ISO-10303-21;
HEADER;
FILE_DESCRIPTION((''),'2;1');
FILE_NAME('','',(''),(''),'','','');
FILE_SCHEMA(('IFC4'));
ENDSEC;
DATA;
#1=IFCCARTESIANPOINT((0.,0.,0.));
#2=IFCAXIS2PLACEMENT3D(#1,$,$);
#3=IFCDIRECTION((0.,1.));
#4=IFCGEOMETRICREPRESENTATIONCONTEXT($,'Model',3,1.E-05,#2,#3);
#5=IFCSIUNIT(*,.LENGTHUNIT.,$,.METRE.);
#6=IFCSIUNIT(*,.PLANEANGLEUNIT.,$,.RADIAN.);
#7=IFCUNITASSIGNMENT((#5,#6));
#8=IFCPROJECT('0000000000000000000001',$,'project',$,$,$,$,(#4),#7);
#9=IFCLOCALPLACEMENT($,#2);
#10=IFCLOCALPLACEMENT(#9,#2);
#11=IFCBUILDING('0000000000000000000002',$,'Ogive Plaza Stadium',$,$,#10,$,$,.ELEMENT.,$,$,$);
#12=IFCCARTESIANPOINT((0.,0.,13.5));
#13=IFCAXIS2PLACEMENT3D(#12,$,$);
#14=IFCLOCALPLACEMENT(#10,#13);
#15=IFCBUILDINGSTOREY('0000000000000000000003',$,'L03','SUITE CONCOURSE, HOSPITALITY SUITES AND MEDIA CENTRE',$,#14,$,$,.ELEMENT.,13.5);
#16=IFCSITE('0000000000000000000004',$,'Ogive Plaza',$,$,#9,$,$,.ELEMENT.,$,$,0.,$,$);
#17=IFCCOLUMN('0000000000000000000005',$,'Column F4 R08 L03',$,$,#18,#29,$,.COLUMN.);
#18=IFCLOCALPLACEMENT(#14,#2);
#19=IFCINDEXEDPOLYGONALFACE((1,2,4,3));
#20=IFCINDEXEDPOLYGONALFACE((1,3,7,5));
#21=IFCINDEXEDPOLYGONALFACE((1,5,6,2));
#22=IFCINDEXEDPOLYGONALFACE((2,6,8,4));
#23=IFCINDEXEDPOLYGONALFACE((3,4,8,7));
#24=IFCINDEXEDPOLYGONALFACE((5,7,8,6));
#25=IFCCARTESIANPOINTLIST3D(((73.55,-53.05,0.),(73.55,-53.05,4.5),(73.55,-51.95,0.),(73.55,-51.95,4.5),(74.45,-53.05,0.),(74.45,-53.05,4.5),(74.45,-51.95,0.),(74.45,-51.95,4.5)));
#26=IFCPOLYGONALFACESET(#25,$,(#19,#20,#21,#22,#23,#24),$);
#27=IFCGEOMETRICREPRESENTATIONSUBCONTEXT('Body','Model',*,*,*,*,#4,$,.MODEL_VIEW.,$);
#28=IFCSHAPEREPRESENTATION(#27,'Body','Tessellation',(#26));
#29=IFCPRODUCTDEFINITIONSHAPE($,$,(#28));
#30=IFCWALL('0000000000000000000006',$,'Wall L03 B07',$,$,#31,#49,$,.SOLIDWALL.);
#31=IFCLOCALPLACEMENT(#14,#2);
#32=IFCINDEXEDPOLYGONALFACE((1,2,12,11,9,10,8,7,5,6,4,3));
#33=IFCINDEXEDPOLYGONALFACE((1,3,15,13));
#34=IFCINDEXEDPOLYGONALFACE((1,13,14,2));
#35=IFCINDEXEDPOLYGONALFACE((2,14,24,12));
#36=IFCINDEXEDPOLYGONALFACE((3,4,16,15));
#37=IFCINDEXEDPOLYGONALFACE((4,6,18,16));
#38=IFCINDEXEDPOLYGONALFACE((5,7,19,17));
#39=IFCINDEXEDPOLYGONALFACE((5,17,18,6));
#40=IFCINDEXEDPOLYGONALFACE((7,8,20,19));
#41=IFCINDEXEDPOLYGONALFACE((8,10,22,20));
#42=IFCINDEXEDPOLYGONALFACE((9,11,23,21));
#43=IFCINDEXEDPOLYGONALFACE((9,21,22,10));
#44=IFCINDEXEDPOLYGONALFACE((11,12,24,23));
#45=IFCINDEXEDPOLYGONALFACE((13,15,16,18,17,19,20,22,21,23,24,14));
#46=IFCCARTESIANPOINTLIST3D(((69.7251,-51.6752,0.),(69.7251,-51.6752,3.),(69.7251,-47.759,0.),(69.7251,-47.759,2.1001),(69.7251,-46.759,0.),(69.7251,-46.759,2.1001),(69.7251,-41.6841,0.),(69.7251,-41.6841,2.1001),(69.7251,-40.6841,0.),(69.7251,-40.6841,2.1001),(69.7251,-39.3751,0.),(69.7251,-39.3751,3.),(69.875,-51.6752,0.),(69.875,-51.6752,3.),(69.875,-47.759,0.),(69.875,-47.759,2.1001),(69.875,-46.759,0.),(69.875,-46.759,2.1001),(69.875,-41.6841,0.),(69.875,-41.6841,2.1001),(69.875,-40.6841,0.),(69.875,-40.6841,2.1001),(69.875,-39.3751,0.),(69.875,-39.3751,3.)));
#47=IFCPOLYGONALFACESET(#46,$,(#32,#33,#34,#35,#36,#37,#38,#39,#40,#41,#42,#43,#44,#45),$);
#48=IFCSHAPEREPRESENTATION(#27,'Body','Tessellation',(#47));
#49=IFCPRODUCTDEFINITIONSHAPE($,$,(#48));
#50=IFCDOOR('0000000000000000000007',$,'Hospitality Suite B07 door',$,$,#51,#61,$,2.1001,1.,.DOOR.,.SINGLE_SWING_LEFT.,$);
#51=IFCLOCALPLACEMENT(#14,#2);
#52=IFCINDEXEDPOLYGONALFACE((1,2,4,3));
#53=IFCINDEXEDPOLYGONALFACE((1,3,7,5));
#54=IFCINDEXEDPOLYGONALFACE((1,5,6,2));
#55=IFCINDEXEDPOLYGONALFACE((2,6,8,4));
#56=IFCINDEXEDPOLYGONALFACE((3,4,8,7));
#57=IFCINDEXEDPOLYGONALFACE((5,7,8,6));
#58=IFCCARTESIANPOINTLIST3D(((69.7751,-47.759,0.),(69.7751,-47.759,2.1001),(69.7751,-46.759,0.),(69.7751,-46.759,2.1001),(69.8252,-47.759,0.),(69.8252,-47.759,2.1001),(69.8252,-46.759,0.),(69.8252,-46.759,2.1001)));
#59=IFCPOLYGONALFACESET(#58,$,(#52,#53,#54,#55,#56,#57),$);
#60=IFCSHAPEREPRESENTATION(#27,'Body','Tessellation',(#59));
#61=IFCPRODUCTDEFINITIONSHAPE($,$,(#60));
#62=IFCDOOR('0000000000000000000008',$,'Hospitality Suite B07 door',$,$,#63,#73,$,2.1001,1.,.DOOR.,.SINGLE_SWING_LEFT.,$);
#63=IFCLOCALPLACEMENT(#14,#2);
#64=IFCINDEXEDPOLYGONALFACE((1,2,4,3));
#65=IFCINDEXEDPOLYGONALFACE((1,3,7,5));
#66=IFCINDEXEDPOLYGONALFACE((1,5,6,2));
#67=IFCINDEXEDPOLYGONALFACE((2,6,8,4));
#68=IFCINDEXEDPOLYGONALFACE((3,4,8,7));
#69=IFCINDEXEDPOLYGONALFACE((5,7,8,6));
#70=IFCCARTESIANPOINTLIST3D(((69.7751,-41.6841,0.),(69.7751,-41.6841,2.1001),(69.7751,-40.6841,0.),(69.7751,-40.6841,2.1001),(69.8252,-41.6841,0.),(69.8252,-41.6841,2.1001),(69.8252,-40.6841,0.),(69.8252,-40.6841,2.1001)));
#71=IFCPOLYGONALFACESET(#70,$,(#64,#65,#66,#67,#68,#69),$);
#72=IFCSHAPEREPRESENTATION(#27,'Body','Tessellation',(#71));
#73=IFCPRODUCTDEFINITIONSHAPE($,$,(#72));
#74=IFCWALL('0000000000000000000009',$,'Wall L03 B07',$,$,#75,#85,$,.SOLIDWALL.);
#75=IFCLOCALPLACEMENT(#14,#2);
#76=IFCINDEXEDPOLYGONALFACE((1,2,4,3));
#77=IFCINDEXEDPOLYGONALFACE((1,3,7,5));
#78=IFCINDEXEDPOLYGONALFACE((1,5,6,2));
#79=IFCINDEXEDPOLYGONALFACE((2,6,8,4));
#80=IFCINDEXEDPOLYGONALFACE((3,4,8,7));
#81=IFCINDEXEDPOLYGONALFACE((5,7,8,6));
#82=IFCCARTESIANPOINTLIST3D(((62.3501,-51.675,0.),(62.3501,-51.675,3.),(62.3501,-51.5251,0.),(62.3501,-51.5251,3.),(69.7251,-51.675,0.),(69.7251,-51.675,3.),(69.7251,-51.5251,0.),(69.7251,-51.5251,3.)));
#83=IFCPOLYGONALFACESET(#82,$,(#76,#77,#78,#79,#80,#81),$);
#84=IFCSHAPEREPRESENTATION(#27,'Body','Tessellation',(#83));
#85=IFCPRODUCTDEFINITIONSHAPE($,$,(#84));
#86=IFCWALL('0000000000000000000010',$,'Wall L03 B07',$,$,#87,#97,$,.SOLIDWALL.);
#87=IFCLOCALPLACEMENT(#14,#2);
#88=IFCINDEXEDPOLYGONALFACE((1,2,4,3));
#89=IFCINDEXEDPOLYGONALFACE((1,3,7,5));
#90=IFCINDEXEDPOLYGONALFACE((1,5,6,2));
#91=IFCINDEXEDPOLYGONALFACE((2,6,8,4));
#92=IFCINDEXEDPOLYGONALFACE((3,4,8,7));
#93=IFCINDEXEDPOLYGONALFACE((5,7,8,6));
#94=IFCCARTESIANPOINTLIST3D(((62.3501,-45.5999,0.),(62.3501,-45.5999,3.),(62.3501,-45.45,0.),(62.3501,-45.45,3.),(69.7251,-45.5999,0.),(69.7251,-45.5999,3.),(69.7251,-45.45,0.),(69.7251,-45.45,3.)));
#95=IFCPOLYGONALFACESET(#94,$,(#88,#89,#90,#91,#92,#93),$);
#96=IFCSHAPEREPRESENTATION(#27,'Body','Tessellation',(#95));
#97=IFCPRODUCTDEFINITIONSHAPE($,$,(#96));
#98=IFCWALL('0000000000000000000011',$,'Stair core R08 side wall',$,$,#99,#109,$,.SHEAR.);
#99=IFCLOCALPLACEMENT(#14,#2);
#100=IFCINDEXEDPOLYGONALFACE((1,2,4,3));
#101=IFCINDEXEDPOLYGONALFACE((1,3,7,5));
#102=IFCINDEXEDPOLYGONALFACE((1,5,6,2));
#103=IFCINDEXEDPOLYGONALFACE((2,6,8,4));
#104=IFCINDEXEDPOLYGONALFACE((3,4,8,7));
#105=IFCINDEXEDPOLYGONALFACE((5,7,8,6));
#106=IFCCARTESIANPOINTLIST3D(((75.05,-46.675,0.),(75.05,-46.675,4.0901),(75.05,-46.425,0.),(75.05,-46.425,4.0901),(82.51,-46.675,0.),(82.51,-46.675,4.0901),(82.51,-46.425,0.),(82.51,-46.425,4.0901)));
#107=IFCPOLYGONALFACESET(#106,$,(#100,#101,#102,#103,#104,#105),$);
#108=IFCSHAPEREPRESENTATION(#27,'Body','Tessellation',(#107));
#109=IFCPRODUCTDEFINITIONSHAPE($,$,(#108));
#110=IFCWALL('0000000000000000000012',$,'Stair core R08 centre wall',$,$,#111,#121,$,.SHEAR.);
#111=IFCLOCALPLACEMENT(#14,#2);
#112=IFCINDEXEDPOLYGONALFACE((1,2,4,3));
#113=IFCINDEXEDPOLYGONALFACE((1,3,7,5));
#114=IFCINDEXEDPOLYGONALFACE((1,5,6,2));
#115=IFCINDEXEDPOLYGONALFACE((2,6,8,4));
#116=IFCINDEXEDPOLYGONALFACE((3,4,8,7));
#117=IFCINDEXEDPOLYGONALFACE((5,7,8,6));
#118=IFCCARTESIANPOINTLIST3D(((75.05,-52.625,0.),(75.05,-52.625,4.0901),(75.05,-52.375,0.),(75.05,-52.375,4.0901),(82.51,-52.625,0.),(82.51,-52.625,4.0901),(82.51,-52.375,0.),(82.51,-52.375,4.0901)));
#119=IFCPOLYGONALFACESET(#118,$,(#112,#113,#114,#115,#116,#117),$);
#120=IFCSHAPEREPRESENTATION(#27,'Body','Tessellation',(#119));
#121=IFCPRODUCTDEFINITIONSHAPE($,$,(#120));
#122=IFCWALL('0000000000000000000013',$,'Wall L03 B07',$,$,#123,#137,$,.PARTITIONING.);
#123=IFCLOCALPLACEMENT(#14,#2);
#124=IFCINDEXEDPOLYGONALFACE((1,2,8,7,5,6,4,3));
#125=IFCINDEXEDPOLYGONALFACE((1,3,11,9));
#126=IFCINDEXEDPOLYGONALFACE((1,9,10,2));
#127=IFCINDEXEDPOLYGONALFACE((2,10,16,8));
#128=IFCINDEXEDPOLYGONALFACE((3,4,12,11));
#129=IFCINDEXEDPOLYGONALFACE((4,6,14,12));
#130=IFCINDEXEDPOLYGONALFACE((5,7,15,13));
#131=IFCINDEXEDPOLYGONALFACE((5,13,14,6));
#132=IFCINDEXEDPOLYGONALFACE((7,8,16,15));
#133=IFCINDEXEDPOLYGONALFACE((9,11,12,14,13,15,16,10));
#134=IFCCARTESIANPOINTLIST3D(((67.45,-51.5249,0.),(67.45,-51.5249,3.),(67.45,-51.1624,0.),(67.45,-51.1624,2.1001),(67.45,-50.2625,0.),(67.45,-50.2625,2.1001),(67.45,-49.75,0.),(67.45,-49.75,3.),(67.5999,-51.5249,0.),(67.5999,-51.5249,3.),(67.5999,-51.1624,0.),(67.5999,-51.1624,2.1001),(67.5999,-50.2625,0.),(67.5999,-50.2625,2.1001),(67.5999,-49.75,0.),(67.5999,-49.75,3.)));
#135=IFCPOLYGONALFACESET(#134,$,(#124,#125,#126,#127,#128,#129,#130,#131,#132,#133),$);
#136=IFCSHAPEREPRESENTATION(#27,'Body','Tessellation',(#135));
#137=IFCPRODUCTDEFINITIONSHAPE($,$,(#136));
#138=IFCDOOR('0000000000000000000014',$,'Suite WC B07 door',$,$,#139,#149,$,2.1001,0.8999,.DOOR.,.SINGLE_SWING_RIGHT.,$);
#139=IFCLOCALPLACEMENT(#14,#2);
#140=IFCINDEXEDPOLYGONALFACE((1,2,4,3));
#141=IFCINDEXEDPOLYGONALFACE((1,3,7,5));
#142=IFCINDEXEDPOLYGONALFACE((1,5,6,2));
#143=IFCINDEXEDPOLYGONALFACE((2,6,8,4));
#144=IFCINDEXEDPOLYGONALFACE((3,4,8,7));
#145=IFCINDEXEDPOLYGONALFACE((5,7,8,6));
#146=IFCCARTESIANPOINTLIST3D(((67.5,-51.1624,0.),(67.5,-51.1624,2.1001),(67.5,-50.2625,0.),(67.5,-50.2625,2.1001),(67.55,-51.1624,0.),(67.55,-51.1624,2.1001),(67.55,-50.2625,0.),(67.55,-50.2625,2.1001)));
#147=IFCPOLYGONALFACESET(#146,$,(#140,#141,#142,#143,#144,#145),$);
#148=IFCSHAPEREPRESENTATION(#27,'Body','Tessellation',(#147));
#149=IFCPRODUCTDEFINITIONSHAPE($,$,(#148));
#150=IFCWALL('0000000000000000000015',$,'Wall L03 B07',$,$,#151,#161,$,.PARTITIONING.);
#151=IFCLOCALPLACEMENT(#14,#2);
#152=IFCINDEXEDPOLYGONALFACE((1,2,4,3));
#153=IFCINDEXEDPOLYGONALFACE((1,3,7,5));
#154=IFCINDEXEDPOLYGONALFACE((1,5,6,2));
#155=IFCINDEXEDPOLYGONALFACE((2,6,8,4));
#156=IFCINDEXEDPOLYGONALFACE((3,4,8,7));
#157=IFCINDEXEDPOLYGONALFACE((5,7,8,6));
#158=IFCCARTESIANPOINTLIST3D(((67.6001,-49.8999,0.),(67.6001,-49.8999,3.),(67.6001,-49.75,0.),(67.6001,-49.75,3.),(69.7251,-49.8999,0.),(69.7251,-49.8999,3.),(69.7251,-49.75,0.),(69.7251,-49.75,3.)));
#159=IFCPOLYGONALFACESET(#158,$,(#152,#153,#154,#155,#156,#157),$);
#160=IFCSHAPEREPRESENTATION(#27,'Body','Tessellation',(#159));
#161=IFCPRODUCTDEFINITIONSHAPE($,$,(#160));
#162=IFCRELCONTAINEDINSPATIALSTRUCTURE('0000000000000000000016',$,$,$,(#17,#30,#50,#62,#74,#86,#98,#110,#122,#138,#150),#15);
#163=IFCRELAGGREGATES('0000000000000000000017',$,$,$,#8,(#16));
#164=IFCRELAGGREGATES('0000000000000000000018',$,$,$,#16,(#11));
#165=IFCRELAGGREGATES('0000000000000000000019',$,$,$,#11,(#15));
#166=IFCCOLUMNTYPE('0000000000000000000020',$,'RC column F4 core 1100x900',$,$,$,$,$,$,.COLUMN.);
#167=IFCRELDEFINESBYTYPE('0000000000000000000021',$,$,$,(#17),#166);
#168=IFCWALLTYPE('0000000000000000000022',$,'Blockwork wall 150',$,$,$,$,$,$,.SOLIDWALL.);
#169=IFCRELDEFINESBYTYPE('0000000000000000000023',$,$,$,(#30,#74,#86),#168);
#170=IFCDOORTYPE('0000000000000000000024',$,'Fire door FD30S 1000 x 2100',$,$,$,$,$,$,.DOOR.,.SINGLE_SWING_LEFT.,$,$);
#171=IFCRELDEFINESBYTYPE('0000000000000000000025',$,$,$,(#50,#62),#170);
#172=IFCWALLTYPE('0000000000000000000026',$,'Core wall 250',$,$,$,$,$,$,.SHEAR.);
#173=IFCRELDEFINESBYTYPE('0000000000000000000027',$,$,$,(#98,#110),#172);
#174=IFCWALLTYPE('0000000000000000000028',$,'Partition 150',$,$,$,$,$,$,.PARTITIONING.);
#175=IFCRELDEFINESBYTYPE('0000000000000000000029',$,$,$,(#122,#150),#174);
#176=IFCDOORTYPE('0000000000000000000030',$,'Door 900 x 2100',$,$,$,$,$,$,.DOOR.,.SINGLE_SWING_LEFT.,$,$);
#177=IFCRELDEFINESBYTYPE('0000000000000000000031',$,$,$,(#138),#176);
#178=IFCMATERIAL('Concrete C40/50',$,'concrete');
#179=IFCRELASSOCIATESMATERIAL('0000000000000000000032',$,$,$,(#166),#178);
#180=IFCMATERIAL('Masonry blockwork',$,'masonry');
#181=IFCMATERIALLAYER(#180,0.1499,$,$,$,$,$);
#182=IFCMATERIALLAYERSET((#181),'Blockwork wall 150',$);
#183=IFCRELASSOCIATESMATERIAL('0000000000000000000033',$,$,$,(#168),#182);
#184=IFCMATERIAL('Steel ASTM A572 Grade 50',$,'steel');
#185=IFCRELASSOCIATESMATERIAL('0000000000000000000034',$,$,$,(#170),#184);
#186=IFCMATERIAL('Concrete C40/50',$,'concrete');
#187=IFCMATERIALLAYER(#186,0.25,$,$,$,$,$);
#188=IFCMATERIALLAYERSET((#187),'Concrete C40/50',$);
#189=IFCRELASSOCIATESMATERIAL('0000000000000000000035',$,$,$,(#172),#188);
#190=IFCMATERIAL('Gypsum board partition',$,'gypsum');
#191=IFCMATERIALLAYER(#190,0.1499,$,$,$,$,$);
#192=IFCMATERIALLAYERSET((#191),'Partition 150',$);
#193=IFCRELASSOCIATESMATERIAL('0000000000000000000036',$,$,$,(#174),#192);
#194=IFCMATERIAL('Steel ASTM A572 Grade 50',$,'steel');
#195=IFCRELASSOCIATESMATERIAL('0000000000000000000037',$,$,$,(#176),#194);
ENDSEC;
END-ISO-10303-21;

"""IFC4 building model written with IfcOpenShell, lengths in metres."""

from ifc_helpers import new_model, si_unit, direction, frame, frame_2d, origin, origin_2d, place, context, subcontext, project, spatial, rectangle, extrude, material, layer, layer_set, material_profile, profile_set, type_object, element, fill, save


model = new_model("IFC4")

# Units and contexts
model_context = context("Model", 3, precision=1e-05, world=origin(), true_north=direction((0.0, 1.0)))
body_context = subcontext(model_context, "Body", "Model", "MODEL_VIEW")
ifc_project = project(units=[si_unit("LENGTHUNIT", "METRE"), si_unit("PLANEANGLEUNIT", "RADIAN")], contexts=[model_context])

# Site, building, storey
site_placement = place(None, origin())
site = spatial("IfcSite", under=ifc_project, at=site_placement, Name="Ogive Plaza", CompositionType="ELEMENT", RefElevation=0.0)
building_placement = place(site_placement, origin())
building = spatial("IfcBuilding", under=site, at=building_placement, Name="Ogive Plaza Stadium", CompositionType="ELEMENT")
storey_placement = place(building_placement, frame((0.0, 0.0, 13.5)))
storey = spatial("IfcBuildingStorey", under=building, at=storey_placement, Name="L03", Description="SUITE CONCOURSE, HOSPITALITY SUITES AND MEDIA CENTRE", CompositionType="ELEMENT", Elevation=13.5)

# Column
ifc_material_1 = material(Name="Concrete C40/50", Category="concrete")
ifc_material_profile = material_profile(ifc_material_1, rectangle(XDim=1.1001, YDim=0.8999, at=origin_2d()), Name="RC 1100x900")
ifc_profile_set = profile_set([ifc_material_profile], Name="Concrete C40/50")
column_type = type_object("IfcColumnType", Name="RC column F4 core 1100x900", PredefinedType="COLUMN", material=ifc_profile_set)
column_placement = place(storey_placement, frame((74.0, -52.5, 0.0), z_axis=(0.0, 0.0, 1.0), x_axis=(0.0, 1.0, 0.0)))
element("IfcColumn", 1, at=column_placement, inside=storey, type_object=column_type, Name="Column F4 R08 L03", PredefinedType="COLUMN", context=body_context, shape_type="SweptSolid", body=[
    extrude(rectangle(XDim=1.1001, YDim=0.8999, at=origin_2d()), origin(), (0.0, 0.0, 1.0), 4.5),
])

# Wall, openings, doors
ifc_material_2 = material(Name="Masonry blockwork", Category="masonry")
ifc_layer_1 = layer(ifc_material_2, 0.1499)
ifc_layer_set_1 = layer_set([ifc_layer_1], Name="Blockwork wall 150")
wall_type_1 = type_object("IfcWallType", Name="Blockwork wall 150", PredefinedType="SOLIDWALL", material=ifc_layer_set_1)
wall_1_placement = place(storey_placement, frame((69.8, -51.675, 0.0), z_axis=(0.0, 0.0, 1.0), x_axis=(0.0, 1.0, 0.0)))
wall_1 = element("IfcWall", 2, at=wall_1_placement, inside=storey, type_object=wall_type_1, Name="Wall L03 B07", PredefinedType="SOLIDWALL", context=body_context, shape_type="SweptSolid", body=[
    extrude(rectangle(XDim=12.3, YDim=0.1499, at=frame_2d((6.1499, 0.0))), origin(), (0.0, 0.0, 1.0), 3.0),
])
opening_1_placement = place(wall_1_placement, frame((3.916, 0.0, 0.0)))
opening_1 = element("IfcOpeningElement", 3, at=opening_1_placement, cuts=wall_1, PredefinedType="OPENING", context=body_context, shape_type="SweptSolid", body=[
    extrude(rectangle(XDim=1.0, YDim=2.1001, at=frame_2d((0.5, 1.05))), frame((0.0, 0.075, 0.0), z_axis=(0.0, -1.0, 0.0), x_axis=(1.0, 0.0, 0.0)), (0.0, 0.0, 1.0), 0.1499),
])
opening_2_placement = place(wall_1_placement, frame((9.991, 0.0, 0.0)))
opening_2 = element("IfcOpeningElement", 4, at=opening_2_placement, cuts=wall_1, PredefinedType="OPENING", context=body_context, shape_type="SweptSolid", body=[
    extrude(rectangle(XDim=1.0, YDim=2.1001, at=frame_2d((0.5, 1.05))), frame((0.0, 0.075, 0.0), z_axis=(0.0, -1.0, 0.0), x_axis=(1.0, 0.0, 0.0)), (0.0, 0.0, 1.0), 0.1499),
])
ifc_material_3 = material(Name="Steel ASTM A572 Grade 50", Category="steel")
door_type_1 = type_object("IfcDoorType", Name="Fire door FD30S 1000 x 2100", OperationType="SINGLE_SWING_LEFT", PredefinedType="DOOR", material=ifc_material_3)
door_1_placement = place(opening_1_placement, origin())
door_1 = element("IfcDoor", 5, at=door_1_placement, inside=storey, type_object=door_type_1, Name="Hospitality Suite B07 door", OperationType="SINGLE_SWING_LEFT", OverallHeight=2.1001, OverallWidth=1.0, PredefinedType="DOOR", context=body_context, shape_type="SweptSolid", body=[
    extrude(rectangle(XDim=1.0, YDim=2.1001, at=frame_2d((0.5, 1.05))), frame((0.0, 0.0249, 0.0), z_axis=(0.0, -1.0, 0.0), x_axis=(1.0, 0.0, 0.0)), (0.0, 0.0, 1.0), 0.05),
])
fill(opening_1, door_1)
door_2_placement = place(opening_2_placement, origin())
door_2 = element("IfcDoor", 6, at=door_2_placement, inside=storey, type_object=door_type_1, Name="Hospitality Suite B07 door", OperationType="SINGLE_SWING_LEFT", OverallHeight=2.1001, OverallWidth=1.0, PredefinedType="DOOR", context=body_context, shape_type="SweptSolid", body=[
    extrude(rectangle(XDim=1.0, YDim=2.1001, at=frame_2d((0.5, 1.05))), frame((0.0, 0.0249, 0.0), z_axis=(0.0, -1.0, 0.0), x_axis=(1.0, 0.0, 0.0)), (0.0, 0.0, 1.0), 0.05),
])
fill(opening_2, door_2)

# Walls
for number, where, z_axis, x_axis, name in (
    (7, (62.3501, -51.6001, 0.0), (0.0, 0.0, 1.0), (1.0, 0.0, 0.0), "Wall L03 B07"),
    (8, (62.3501, -45.5249, 0.0), (0.0, 0.0, 1.0), (1.0, 0.0, 0.0), "Wall L03 B07"),
):
    element("IfcWall", number, at=place(storey_placement, frame(where, z_axis=z_axis, x_axis=x_axis)), inside=storey, type_object=wall_type_1, Name=name, PredefinedType="SOLIDWALL", context=body_context, shape_type="SweptSolid", body=[
        extrude(rectangle(XDim=7.375, YDim=0.1499, at=frame_2d((3.6875, 0.0))), origin(), (0.0, 0.0, 1.0), 3.0),
    ])
ifc_material_4 = material(Name="Concrete C40/50", Category="concrete")
ifc_layer_2 = layer(ifc_material_4, 0.25)
ifc_layer_set_2 = layer_set([ifc_layer_2], Name="Concrete C40/50")
wall_type_2 = type_object("IfcWallType", Name="Core wall 250", PredefinedType="SHEAR", material=ifc_layer_set_2)
for number, where, z_axis, x_axis, name in (
    (9, (75.05, -46.55, 0.0), (0.0, 0.0, 1.0), (1.0, 0.0, 0.0), "Stair core R08 side wall"),
    (10, (75.05, -52.5, 0.0), (0.0, 0.0, 1.0), (1.0, 0.0, 0.0), "Stair core R08 centre wall"),
):
    element("IfcWall", number, at=place(storey_placement, frame(where, z_axis=z_axis, x_axis=x_axis)), inside=storey, type_object=wall_type_2, Name=name, PredefinedType="SHEAR", context=body_context, shape_type="SweptSolid", body=[
        extrude(rectangle(XDim=7.46, YDim=0.25, at=frame_2d((3.73, 0.0))), origin(), (0.0, 0.0, 1.0), 4.0901),
    ])

# Wall, opening, door
ifc_material_5 = material(Name="Gypsum board partition", Category="gypsum")
ifc_layer_3 = layer(ifc_material_5, 0.1499)
ifc_layer_set_3 = layer_set([ifc_layer_3], Name="Partition 150")
wall_type_3 = type_object("IfcWallType", Name="Partition 150", PredefinedType="PARTITIONING", material=ifc_layer_set_3)
wall_2_placement = place(storey_placement, frame((67.5249, -51.5249, 0.0), z_axis=(0.0, 0.0, 1.0), x_axis=(0.0, 1.0, 0.0)))
wall_2 = element("IfcWall", 11, at=wall_2_placement, inside=storey, type_object=wall_type_3, Name="Wall L03 B07", PredefinedType="PARTITIONING", context=body_context, shape_type="SweptSolid", body=[
    extrude(rectangle(XDim=1.7749, YDim=0.1499, at=frame_2d((0.8875, 0.0))), origin(), (0.0, 0.0, 1.0), 3.0),
])
opening_3_placement = place(wall_2_placement, frame((0.3625, 0.0, 0.0)))
opening_3 = element("IfcOpeningElement", 12, at=opening_3_placement, cuts=wall_2, PredefinedType="OPENING", context=body_context, shape_type="SweptSolid", body=[
    extrude(rectangle(XDim=0.8999, YDim=2.1001, at=frame_2d((0.45, 1.05))), frame((0.0, 0.075, 0.0), z_axis=(0.0, -1.0, 0.0), x_axis=(1.0, 0.0, 0.0)), (0.0, 0.0, 1.0), 0.1499),
])
ifc_material_6 = material(Name="Steel ASTM A572 Grade 50", Category="steel")
door_type_2 = type_object("IfcDoorType", Name="Door 900 x 2100", OperationType="SINGLE_SWING_LEFT", PredefinedType="DOOR", material=ifc_material_6)
door_3_placement = place(opening_3_placement, origin())
door_3 = element("IfcDoor", 13, at=door_3_placement, inside=storey, type_object=door_type_2, Name="Suite WC B07 door", OperationType="SINGLE_SWING_RIGHT", OverallHeight=2.1001, OverallWidth=0.8999, PredefinedType="DOOR", context=body_context, shape_type="SweptSolid", body=[
    extrude(rectangle(XDim=0.8999, YDim=2.1001, at=frame_2d((0.45, 1.05))), frame((0.0, 0.0249, 0.0), z_axis=(0.0, -1.0, 0.0), x_axis=(1.0, 0.0, 0.0)), (0.0, 0.0, 1.0), 0.05),
])
fill(opening_3, door_3)

# Wall
wall_3_placement = place(storey_placement, frame((67.6001, -49.825, 0.0), z_axis=(0.0, 0.0, 1.0), x_axis=(1.0, 0.0, 0.0)))
element("IfcWall", 14, at=wall_3_placement, inside=storey, type_object=wall_type_3, Name="Wall L03 B07", PredefinedType="PARTITIONING", context=body_context, shape_type="SweptSolid", body=[
    extrude(rectangle(XDim=2.125, YDim=0.1499, at=frame_2d((1.0625, 0.0))), origin(), (0.0, 0.0, 1.0), 3.0),
])

save(model, "model.ifc")
